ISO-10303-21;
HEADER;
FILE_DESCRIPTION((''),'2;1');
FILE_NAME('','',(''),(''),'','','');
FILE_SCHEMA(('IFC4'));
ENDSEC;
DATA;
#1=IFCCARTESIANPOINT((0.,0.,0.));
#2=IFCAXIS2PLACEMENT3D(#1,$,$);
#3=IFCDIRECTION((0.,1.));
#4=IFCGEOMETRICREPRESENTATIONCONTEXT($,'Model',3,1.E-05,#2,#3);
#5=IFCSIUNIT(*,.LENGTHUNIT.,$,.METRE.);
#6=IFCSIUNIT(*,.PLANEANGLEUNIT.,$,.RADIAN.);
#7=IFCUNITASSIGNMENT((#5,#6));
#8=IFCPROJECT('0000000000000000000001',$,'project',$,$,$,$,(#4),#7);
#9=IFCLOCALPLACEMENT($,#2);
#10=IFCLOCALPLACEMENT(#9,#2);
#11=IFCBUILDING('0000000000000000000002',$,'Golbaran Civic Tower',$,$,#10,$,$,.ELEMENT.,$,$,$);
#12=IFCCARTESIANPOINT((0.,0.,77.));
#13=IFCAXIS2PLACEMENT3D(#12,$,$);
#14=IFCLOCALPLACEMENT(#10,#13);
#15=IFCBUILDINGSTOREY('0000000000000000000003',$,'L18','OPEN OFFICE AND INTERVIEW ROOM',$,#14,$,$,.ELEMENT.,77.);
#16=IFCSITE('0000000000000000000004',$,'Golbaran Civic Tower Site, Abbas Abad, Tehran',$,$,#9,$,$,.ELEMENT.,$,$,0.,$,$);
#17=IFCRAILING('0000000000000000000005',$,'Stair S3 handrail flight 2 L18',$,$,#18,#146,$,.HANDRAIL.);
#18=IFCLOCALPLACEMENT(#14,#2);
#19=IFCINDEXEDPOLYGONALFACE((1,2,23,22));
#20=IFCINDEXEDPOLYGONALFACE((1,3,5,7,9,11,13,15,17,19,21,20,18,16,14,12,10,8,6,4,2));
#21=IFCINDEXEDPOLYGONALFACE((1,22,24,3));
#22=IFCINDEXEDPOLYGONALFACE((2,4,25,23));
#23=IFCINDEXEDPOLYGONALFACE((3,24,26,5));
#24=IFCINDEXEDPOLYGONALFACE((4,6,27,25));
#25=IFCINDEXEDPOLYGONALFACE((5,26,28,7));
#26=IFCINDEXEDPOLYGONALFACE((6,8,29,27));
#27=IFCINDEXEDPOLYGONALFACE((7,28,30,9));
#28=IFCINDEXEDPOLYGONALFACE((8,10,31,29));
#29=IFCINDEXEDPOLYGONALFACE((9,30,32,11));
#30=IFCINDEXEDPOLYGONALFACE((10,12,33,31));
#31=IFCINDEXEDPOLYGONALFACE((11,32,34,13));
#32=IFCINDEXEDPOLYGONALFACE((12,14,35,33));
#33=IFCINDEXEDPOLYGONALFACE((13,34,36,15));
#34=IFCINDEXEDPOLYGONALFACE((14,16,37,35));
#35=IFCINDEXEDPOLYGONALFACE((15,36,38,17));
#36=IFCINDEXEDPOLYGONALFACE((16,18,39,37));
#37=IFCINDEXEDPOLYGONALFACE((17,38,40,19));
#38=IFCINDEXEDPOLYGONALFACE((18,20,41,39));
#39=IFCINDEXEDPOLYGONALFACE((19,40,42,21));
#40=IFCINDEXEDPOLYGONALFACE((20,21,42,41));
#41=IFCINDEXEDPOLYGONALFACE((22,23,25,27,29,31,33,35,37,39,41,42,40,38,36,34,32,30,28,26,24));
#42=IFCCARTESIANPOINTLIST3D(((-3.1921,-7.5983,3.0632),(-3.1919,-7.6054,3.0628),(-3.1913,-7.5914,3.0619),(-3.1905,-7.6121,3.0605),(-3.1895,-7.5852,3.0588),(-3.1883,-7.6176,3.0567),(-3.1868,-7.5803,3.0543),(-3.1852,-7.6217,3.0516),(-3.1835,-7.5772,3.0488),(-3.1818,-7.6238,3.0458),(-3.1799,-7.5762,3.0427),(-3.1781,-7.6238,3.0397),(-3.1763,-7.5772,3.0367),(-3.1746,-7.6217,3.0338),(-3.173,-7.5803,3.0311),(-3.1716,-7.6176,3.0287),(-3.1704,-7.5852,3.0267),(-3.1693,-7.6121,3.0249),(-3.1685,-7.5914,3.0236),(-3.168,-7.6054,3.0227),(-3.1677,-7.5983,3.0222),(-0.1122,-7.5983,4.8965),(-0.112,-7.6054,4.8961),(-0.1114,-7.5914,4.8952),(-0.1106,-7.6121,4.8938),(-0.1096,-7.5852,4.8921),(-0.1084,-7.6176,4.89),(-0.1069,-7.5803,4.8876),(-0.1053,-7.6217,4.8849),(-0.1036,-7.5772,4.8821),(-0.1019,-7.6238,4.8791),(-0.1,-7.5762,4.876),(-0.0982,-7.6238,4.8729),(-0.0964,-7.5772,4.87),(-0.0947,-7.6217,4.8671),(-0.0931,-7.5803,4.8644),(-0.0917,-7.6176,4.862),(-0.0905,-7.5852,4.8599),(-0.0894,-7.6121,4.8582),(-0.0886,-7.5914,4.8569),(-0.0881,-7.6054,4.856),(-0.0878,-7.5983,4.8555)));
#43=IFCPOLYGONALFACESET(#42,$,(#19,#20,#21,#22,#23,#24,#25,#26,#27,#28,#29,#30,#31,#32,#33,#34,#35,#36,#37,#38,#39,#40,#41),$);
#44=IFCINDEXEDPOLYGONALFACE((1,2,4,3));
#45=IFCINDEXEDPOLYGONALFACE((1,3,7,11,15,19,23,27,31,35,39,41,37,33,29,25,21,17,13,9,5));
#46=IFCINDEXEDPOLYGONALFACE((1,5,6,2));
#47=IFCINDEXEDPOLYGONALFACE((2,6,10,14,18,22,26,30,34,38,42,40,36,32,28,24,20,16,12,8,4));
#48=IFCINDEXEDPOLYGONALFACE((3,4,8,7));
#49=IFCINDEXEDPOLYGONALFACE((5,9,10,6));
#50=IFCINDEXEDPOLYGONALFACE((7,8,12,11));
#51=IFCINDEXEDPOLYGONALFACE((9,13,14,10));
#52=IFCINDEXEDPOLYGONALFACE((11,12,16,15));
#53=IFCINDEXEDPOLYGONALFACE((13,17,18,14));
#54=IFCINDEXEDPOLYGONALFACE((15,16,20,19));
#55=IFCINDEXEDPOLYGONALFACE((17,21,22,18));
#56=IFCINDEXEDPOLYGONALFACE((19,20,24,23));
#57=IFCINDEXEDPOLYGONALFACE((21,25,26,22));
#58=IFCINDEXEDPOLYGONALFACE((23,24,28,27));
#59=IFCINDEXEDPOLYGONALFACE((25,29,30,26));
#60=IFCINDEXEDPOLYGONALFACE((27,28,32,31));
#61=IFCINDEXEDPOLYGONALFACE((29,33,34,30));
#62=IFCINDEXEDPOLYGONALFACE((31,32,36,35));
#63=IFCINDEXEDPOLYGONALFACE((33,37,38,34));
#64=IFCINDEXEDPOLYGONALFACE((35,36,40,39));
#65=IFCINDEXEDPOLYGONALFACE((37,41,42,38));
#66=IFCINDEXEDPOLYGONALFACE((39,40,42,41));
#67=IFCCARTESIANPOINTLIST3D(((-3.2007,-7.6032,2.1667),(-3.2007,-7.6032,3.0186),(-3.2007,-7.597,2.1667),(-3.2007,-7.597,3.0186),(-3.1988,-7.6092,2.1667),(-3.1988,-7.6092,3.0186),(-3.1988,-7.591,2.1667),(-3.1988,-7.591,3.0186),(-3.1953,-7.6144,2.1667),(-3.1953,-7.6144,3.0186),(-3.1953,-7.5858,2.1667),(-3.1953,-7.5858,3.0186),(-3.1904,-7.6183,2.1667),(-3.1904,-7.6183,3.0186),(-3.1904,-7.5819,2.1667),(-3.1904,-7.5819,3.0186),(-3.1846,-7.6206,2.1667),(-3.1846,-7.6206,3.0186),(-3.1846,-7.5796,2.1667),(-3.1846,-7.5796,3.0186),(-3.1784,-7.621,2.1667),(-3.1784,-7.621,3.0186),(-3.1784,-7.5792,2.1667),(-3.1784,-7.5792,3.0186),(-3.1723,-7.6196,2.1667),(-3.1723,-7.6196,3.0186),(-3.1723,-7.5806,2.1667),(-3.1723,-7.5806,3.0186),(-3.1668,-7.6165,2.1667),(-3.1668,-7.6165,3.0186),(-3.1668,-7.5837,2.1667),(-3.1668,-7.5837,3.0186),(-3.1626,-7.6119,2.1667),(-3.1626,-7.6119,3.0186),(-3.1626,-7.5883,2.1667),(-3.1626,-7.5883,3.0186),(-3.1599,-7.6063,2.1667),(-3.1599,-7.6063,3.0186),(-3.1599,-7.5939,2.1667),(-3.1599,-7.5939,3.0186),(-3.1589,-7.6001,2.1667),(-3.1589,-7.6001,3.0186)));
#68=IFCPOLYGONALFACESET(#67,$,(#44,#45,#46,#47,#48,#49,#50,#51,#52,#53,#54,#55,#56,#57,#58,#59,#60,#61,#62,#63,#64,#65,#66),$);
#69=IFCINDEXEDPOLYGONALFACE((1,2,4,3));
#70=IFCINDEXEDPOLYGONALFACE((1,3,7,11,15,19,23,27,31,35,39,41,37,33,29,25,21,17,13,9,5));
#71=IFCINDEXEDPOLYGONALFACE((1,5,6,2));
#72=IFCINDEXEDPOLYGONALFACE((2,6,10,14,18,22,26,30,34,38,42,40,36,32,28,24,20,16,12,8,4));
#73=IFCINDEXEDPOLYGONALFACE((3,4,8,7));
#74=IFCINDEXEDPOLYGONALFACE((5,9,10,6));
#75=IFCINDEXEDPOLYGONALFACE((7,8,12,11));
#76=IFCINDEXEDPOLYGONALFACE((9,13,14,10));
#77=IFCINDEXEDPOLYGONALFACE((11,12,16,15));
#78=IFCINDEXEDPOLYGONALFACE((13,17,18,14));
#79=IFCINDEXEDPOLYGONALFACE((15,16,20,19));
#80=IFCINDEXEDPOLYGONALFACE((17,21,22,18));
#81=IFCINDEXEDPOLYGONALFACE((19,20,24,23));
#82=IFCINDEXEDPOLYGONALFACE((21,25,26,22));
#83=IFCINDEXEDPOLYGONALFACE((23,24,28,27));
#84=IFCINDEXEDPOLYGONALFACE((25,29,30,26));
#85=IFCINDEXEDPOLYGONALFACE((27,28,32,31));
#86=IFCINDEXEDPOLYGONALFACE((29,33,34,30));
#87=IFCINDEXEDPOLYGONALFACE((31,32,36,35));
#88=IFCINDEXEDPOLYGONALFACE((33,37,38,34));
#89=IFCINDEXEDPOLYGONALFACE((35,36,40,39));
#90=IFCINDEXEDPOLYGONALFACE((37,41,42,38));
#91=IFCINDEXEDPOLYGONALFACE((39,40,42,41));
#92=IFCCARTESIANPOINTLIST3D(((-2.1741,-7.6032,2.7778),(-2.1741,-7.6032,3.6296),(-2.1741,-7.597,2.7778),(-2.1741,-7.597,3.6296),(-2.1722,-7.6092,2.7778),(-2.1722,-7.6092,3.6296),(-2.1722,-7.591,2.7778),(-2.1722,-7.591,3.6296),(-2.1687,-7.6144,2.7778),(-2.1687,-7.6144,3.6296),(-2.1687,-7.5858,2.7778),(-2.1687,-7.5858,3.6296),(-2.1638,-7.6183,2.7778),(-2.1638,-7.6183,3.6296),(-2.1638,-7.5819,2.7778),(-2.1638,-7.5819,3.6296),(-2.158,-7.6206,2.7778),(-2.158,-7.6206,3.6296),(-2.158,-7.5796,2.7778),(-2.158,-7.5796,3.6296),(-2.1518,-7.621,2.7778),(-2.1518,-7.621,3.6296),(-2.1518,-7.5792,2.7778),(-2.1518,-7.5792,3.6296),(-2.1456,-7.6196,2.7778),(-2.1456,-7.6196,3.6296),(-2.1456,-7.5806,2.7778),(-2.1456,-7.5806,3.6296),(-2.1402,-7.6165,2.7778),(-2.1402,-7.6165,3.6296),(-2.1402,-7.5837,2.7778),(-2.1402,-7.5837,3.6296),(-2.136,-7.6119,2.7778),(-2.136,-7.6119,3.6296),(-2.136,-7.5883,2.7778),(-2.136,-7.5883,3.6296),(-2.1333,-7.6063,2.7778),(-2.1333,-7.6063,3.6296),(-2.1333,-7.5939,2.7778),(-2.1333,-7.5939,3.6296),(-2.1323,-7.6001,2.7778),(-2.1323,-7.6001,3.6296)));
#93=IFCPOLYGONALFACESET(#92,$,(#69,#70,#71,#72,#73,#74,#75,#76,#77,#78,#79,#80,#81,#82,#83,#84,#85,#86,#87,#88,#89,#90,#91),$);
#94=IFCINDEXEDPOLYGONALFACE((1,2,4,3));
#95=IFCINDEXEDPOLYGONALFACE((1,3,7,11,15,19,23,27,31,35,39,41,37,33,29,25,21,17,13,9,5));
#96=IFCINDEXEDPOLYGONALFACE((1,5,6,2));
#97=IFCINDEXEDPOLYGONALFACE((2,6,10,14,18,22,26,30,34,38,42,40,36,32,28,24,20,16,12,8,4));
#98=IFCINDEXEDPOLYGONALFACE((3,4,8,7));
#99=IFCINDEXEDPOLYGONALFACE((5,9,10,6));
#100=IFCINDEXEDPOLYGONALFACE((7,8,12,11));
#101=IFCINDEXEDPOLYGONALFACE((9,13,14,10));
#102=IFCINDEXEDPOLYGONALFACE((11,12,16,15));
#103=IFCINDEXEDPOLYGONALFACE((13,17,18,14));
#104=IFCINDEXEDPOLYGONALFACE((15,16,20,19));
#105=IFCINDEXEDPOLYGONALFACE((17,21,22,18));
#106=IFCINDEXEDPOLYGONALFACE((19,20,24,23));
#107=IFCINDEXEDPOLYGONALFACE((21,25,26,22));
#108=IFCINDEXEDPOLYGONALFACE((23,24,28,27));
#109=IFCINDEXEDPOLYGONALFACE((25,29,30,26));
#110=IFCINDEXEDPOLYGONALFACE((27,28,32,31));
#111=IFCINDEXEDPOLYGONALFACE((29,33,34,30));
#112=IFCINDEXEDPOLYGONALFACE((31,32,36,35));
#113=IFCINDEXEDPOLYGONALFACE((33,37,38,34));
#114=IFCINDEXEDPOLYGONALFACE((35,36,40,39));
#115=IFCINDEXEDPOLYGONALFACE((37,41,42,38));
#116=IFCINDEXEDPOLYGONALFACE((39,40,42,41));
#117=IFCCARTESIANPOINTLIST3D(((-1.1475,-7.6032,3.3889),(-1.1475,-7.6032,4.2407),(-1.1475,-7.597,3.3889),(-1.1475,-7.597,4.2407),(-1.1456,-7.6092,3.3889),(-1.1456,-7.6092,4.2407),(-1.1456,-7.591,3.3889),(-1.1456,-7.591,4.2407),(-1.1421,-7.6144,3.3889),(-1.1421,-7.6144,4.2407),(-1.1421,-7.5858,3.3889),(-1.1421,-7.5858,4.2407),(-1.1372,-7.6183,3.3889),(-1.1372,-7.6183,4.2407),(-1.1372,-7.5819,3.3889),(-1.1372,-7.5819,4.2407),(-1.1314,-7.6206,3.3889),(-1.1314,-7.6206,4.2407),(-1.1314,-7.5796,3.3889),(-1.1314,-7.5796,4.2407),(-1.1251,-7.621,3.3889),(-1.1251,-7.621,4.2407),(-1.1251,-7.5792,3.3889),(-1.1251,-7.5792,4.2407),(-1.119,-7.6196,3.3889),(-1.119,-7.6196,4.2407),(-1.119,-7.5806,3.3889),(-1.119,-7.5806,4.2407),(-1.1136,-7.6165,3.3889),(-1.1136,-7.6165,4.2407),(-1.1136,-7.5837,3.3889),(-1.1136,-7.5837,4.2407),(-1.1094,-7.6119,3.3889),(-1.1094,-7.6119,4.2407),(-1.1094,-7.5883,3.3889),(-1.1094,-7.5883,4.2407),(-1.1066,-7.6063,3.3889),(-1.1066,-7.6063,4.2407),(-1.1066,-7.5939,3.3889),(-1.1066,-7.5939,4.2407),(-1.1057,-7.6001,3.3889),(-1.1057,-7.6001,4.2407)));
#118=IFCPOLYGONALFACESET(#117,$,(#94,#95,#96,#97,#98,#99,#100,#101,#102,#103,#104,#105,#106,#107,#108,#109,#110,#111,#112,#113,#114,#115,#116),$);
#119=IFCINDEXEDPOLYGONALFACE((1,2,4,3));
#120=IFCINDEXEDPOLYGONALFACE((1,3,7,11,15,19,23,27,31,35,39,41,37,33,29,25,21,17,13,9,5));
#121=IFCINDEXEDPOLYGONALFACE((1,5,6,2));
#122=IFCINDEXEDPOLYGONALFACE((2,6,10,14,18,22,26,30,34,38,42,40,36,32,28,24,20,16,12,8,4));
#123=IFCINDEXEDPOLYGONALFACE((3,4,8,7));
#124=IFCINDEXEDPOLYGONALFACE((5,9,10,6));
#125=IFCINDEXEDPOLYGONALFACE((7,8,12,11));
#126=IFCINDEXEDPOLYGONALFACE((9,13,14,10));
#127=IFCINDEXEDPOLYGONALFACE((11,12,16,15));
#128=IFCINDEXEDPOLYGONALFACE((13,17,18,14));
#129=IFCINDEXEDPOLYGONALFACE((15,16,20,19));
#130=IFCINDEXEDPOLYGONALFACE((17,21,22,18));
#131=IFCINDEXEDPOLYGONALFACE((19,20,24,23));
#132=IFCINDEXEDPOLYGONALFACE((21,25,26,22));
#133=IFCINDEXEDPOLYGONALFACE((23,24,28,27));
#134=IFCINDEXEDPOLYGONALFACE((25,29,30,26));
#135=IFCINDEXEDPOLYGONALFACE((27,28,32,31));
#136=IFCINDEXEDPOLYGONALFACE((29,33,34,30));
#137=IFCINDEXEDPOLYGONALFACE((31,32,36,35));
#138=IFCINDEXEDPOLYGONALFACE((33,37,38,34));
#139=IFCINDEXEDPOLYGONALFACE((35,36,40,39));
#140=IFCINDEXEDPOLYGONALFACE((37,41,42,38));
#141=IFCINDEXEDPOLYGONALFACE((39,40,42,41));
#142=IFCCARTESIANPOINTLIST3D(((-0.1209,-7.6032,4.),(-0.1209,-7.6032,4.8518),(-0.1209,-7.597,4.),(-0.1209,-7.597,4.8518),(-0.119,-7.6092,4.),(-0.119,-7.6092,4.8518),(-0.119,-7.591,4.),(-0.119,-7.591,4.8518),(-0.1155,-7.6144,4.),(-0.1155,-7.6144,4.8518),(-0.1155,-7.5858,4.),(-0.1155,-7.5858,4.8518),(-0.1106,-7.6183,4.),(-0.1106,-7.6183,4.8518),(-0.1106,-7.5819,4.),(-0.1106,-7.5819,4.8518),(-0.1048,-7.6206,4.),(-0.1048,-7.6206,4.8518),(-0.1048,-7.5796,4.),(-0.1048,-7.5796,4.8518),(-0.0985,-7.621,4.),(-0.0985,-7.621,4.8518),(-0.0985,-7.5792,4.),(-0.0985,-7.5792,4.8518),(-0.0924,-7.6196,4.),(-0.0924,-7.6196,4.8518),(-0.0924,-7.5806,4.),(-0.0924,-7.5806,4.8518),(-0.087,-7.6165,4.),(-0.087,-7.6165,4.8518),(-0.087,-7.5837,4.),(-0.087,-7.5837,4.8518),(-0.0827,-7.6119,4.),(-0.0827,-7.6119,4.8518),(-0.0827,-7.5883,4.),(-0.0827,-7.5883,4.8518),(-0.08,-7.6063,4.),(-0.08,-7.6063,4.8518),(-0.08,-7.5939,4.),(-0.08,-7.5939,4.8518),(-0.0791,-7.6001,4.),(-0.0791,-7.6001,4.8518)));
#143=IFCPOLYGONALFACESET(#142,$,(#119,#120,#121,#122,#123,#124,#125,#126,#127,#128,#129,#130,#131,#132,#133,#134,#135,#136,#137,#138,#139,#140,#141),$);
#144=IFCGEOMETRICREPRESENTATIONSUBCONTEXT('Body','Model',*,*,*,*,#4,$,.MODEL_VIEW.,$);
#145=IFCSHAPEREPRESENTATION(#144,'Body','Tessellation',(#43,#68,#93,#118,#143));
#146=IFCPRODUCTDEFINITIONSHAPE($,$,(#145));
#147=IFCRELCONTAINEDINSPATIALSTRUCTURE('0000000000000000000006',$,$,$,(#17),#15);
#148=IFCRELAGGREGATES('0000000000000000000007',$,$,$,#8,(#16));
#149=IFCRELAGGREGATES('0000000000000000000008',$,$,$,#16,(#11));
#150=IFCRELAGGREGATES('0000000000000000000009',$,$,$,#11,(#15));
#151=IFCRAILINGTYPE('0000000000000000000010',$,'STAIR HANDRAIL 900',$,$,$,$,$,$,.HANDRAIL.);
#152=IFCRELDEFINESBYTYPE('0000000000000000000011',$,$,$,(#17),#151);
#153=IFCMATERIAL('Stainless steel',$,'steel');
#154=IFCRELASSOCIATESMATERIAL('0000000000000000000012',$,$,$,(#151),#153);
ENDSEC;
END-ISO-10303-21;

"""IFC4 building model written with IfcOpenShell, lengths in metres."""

from ifc_helpers import new_model, si_unit, direction, frame, origin, origin_2d, place, context, subcontext, project, spatial, circle, extrude, material, type_object, element, save


model = new_model("IFC4")

# Units and contexts
model_context = context("Model", 3, precision=1e-05, world=origin(), true_north=direction((0.0, 1.0)))
body_context = subcontext(model_context, "Body", "Model", "MODEL_VIEW")
ifc_project = project(units=[si_unit("LENGTHUNIT", "METRE"), si_unit("PLANEANGLEUNIT", "RADIAN")], contexts=[model_context])

# Site, building, storey
site_placement = place(None, origin())
site = spatial("IfcSite", under=ifc_project, at=site_placement, Name="Golbaran Civic Tower Site, Abbas Abad, Tehran", CompositionType="ELEMENT", RefElevation=0.0)
building_placement = place(site_placement, origin())
building = spatial("IfcBuilding", under=site, at=building_placement, Name="Golbaran Civic Tower", CompositionType="ELEMENT")
storey_placement = place(building_placement, frame((0.0, 0.0, 77.0)))
storey = spatial("IfcBuildingStorey", under=building, at=storey_placement, Name="L18", Description="OPEN OFFICE AND INTERVIEW ROOM", CompositionType="ELEMENT", Elevation=77.0)

# Shared definitions
ifc_material_1 = material(Name="Stainless steel", Category="steel")

# Railing
railing_type = type_object("IfcRailingType", Name="STAIR HANDRAIL 900", PredefinedType="HANDRAIL", material=ifc_material_1)
railing_placement = place(storey_placement, frame((-3.1799, -7.6001, 2.1667)))
element("IfcRailing", 1, at=railing_placement, inside=storey, type_object=railing_type, Name="Stair S3 handrail flight 2 L18", PredefinedType="HANDRAIL", context=body_context, shape_type="SweptSolid", body=[
    extrude(circle(Radius=0.0239, at=origin_2d()), frame((0.0, 0.0, 0.876), z_axis=(0.859291, 0.0, 0.511487), x_axis=(0.0, 1.0, 0.0)), (0.0, 0.0, 1.0), 3.5842),
    extrude(circle(Radius=0.021, at=origin_2d()), origin(), (0.0, 0.0, 1.0), 0.8518),
    extrude(circle(Radius=0.021, at=origin_2d()), frame((1.0266, 0.0, 0.6111)), (0.0, 0.0, 1.0), 0.8518),
    extrude(circle(Radius=0.021, at=origin_2d()), frame((2.0532, 0.0, 1.2222)), (0.0, 0.0, 1.0), 0.8518),
    extrude(circle(Radius=0.021, at=origin_2d()), frame((3.0798, 0.0, 1.8333)), (0.0, 0.0, 1.0), 0.8518),
])

save(model, "model.ifc")
